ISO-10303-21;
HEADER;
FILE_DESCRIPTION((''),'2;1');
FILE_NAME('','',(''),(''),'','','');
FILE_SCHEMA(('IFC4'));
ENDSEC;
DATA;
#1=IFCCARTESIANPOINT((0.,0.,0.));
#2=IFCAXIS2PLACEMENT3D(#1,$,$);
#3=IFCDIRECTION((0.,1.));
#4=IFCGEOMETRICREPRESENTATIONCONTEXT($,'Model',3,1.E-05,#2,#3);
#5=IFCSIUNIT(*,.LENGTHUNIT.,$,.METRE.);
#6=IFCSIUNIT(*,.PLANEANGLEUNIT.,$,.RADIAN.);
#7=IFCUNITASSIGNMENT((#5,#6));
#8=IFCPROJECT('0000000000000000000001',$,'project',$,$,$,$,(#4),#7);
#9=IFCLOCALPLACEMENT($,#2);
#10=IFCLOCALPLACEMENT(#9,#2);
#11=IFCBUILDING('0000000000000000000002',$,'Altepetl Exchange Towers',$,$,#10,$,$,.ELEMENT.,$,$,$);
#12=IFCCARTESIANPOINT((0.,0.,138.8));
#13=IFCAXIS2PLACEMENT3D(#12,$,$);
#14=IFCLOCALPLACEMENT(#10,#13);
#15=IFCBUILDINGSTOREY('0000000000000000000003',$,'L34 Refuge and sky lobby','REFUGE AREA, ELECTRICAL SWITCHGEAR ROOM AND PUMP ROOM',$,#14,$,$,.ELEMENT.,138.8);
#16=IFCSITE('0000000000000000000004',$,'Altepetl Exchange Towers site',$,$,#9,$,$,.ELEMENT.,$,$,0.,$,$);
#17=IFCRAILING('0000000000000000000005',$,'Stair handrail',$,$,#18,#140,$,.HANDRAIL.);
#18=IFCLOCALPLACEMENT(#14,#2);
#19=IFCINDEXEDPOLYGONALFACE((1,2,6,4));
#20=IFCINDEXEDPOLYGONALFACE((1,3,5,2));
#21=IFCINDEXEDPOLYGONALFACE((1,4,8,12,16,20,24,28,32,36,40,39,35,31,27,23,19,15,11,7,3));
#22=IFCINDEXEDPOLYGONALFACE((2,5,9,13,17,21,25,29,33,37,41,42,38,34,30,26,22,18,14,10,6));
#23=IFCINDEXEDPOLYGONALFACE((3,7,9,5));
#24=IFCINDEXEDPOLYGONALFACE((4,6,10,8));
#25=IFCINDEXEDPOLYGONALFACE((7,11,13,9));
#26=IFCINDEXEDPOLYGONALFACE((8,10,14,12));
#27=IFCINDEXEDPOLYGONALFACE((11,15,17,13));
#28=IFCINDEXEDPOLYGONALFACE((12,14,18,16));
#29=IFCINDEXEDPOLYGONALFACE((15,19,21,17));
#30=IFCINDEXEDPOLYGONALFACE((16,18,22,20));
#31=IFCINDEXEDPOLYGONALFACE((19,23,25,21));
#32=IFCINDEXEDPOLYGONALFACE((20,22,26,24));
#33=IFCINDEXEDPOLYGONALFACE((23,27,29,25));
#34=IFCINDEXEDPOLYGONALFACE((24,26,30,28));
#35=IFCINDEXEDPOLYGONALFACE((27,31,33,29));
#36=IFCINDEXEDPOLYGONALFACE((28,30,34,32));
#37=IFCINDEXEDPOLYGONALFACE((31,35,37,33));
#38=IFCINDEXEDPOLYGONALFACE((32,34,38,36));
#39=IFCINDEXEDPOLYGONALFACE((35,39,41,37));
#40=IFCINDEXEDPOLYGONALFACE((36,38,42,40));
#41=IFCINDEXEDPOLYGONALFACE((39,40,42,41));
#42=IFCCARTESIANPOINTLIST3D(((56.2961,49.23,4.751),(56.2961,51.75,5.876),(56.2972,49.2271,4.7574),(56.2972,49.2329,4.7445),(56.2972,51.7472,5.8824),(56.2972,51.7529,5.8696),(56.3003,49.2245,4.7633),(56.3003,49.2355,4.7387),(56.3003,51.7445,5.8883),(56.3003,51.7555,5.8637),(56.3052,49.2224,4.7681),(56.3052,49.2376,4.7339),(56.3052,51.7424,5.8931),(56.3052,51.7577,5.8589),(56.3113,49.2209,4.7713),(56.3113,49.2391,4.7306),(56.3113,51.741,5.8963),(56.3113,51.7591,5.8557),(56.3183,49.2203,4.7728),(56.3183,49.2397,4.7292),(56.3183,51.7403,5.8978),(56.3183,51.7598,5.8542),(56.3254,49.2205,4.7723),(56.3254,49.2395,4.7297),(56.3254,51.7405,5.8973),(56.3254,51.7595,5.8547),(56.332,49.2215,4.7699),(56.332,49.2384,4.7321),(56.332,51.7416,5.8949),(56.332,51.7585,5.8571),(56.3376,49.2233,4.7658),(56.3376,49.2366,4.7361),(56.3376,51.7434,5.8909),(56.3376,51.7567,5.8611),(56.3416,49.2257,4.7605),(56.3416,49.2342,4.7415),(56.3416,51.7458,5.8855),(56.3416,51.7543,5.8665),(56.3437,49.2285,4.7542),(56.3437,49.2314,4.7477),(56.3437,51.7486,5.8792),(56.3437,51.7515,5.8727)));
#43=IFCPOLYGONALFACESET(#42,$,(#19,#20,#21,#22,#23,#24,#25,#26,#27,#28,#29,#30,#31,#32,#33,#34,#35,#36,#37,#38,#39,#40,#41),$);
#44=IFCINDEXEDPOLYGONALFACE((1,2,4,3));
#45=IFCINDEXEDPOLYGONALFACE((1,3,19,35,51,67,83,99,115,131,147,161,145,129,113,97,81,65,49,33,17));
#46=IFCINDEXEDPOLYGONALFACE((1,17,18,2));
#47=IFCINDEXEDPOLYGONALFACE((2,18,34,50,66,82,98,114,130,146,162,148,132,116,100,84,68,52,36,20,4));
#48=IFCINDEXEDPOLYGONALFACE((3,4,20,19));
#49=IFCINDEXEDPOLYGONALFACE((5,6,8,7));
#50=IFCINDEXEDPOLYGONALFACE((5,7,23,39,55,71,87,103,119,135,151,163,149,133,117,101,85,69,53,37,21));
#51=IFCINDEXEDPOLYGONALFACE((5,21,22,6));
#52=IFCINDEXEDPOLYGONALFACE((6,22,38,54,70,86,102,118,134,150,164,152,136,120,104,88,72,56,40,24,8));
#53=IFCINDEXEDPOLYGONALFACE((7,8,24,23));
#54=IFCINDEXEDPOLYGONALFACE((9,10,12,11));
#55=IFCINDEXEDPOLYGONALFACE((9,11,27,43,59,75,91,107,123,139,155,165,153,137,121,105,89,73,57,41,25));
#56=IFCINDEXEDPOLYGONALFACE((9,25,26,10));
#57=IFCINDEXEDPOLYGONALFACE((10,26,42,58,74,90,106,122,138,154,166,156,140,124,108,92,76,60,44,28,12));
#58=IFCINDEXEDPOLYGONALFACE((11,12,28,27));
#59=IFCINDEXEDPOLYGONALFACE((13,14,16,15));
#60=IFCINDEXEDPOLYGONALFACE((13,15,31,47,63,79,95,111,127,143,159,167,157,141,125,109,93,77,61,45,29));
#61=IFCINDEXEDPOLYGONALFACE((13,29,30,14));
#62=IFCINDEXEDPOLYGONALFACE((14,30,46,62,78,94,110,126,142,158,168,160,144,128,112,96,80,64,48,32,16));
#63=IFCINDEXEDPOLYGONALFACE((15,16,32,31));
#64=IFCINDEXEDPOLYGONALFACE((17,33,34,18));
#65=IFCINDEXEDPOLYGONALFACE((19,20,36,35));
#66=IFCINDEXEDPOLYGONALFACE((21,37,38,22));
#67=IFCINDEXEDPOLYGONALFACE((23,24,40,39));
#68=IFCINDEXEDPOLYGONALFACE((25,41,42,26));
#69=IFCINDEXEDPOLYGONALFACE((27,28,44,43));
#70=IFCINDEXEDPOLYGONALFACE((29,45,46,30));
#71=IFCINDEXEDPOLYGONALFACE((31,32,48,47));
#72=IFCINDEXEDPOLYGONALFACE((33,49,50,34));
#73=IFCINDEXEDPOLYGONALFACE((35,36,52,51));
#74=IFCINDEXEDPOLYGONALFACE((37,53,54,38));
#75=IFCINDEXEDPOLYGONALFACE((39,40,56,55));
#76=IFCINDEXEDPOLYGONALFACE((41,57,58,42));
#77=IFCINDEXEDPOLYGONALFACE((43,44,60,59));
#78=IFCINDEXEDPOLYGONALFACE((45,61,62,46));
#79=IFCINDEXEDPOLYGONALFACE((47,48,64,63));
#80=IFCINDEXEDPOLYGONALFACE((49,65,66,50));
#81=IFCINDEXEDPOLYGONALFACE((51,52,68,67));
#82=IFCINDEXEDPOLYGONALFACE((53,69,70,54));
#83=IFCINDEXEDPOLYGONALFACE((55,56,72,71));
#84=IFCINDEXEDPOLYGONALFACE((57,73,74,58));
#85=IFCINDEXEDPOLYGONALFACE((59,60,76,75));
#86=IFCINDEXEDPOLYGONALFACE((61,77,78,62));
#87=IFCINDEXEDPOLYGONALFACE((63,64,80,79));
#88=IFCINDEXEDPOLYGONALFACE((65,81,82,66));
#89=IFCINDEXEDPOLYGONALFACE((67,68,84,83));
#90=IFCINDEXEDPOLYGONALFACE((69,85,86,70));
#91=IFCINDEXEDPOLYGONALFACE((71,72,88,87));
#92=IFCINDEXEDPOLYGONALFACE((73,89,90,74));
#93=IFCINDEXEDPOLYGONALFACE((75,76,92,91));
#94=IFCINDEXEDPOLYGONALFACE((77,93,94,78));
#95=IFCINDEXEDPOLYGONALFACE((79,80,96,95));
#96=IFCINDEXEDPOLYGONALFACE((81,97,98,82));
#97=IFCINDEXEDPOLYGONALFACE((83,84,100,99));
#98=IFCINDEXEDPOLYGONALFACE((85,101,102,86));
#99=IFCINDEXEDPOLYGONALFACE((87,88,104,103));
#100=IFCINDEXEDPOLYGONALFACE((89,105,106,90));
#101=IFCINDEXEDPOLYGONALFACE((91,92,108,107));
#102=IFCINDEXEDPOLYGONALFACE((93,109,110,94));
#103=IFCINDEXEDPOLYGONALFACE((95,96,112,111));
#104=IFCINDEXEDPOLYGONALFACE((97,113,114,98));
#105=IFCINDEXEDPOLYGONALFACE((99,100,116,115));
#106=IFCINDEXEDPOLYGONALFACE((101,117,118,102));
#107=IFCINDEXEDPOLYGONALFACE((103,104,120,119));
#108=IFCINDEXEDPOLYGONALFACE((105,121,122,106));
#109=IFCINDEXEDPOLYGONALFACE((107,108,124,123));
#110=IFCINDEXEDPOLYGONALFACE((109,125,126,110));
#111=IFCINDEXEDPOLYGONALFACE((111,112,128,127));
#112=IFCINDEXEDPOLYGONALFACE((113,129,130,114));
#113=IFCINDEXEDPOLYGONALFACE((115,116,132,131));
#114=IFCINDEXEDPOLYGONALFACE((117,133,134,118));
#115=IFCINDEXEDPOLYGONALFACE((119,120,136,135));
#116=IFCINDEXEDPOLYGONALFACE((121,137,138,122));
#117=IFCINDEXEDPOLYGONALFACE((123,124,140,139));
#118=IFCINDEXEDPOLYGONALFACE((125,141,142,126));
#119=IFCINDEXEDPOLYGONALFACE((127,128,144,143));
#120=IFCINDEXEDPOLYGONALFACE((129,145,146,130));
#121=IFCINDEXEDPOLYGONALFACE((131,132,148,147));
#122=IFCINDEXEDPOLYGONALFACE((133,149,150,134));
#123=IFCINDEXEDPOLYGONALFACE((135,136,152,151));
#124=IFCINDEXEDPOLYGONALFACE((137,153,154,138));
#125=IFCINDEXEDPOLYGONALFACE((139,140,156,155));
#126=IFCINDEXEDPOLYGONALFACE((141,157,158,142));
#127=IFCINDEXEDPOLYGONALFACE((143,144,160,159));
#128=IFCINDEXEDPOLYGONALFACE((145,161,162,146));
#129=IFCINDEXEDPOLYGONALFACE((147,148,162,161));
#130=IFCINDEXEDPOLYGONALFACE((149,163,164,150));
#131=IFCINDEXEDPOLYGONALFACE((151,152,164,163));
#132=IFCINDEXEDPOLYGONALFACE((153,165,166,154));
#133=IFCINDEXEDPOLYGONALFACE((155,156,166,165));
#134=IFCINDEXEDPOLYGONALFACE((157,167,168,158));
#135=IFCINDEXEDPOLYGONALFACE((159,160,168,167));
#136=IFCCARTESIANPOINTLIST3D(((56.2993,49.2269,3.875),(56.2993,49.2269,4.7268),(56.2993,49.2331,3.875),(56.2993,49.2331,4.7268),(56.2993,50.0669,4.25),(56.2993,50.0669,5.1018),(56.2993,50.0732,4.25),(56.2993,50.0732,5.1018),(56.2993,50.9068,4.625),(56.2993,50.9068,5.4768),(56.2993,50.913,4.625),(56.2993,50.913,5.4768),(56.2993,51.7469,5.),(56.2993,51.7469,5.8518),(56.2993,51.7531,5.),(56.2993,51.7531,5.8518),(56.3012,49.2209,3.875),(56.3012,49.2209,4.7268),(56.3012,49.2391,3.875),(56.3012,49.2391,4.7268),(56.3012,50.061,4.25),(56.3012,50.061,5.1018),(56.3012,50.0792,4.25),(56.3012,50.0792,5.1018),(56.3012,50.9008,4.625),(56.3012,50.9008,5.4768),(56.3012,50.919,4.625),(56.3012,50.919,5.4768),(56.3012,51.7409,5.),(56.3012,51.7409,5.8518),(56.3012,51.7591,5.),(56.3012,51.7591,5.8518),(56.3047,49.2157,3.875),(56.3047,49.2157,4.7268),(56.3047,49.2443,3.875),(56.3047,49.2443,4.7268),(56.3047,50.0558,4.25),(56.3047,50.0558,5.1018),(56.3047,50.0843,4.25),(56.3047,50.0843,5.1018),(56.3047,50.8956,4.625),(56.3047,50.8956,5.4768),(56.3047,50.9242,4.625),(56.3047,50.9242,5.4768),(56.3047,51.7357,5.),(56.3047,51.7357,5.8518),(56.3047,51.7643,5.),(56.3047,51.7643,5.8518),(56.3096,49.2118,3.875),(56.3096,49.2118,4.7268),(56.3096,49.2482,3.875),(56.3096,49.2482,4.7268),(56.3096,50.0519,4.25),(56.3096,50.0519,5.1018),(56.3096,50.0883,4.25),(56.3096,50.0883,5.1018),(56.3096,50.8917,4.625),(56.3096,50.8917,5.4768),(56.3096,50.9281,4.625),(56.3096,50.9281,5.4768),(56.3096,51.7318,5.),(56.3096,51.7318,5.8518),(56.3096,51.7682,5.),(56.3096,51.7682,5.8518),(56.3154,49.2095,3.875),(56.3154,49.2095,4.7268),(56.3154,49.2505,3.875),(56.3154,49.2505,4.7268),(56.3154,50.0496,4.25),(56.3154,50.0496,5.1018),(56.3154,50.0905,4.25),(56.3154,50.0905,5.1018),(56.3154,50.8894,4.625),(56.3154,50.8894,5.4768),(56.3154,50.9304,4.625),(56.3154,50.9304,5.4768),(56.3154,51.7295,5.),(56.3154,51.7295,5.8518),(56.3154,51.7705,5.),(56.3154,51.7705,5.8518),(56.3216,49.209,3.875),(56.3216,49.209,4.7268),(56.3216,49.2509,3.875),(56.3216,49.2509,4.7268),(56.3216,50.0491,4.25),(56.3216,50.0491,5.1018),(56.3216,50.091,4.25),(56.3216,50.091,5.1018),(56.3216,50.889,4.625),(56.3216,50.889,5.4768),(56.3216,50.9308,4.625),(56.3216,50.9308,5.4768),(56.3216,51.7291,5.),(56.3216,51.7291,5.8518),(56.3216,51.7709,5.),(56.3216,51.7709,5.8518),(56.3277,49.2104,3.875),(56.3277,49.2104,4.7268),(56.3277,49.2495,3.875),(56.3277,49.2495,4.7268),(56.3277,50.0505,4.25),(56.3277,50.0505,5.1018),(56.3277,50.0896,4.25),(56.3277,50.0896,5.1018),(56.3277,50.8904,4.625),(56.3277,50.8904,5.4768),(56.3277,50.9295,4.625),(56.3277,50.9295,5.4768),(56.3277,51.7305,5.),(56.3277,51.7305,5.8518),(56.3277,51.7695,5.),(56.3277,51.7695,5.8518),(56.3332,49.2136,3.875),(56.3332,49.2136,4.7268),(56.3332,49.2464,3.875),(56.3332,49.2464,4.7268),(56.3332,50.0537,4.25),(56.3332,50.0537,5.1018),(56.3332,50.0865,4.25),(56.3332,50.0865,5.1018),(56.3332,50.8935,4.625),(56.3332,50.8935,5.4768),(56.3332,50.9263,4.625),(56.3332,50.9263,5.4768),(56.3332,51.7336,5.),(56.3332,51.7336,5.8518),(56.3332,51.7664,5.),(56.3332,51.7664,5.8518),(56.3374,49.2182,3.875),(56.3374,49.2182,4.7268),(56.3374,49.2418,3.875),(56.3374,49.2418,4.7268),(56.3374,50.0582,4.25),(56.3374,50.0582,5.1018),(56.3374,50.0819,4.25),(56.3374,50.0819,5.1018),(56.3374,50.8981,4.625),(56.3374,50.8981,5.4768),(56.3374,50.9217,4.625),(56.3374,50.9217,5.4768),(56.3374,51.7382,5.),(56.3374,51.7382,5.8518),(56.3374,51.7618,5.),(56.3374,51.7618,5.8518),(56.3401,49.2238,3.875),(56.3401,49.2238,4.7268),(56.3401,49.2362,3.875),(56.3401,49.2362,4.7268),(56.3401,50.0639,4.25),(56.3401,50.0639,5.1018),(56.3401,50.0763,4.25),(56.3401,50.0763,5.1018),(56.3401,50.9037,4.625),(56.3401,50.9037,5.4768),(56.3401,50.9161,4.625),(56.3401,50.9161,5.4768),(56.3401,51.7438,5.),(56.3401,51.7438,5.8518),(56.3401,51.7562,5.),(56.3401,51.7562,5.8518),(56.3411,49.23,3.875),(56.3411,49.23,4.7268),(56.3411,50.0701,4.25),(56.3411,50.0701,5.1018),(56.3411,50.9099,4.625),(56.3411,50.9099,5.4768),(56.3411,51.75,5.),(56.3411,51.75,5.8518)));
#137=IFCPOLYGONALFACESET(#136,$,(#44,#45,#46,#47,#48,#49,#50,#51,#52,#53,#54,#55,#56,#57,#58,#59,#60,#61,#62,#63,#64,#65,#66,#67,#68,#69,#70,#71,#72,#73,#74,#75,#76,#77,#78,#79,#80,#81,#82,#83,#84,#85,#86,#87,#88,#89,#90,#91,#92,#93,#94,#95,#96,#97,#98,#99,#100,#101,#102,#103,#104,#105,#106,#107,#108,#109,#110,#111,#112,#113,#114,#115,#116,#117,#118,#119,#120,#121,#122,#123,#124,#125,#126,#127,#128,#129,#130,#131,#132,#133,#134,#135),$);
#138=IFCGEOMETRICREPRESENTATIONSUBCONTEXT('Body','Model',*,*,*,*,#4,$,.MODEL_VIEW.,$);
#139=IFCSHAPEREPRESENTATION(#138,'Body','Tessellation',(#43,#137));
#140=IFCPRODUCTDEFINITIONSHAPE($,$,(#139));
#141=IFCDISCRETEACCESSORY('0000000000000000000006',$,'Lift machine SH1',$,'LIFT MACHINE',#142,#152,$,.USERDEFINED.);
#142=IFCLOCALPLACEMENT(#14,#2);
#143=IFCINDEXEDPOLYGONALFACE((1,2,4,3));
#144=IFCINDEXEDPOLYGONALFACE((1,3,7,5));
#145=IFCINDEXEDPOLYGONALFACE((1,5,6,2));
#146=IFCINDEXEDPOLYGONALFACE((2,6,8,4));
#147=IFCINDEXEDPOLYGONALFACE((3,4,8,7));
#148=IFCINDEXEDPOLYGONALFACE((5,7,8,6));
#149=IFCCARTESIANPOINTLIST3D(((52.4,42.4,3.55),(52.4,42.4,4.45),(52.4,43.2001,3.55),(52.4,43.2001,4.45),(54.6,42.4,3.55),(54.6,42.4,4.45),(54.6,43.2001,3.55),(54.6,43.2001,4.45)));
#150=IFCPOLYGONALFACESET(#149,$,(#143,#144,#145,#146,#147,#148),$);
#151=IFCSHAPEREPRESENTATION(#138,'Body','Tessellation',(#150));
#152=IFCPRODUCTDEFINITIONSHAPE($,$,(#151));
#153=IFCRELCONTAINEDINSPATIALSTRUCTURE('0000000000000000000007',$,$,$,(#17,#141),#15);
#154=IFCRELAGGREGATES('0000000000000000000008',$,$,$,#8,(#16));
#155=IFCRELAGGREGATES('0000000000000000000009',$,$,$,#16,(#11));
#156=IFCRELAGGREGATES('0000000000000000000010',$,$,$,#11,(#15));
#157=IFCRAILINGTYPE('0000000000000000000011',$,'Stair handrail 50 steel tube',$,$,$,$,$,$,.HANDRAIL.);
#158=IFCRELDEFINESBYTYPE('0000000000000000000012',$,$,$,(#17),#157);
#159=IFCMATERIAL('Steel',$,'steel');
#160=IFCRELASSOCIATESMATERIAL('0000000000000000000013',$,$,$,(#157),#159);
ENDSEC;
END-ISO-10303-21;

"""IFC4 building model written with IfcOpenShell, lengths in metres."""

from ifc_helpers import new_model, si_unit, direction, frame, origin, origin_2d, place, context, subcontext, project, spatial, rectangle, circle, extrude, source, transform, mapped, material, type_object, element, save


model = new_model("IFC4")

# Units and contexts
model_context = context("Model", 3, precision=1e-05, world=origin(), true_north=direction((0.0, 1.0)))
body_context = subcontext(model_context, "Body", "Model", "MODEL_VIEW")
ifc_project = project(units=[si_unit("LENGTHUNIT", "METRE"), si_unit("PLANEANGLEUNIT", "RADIAN")], contexts=[model_context])

# Site, building, storey
site_placement = place(None, origin())
site = spatial("IfcSite", under=ifc_project, at=site_placement, Name="Altepetl Exchange Towers site", CompositionType="ELEMENT", RefElevation=0.0)
building_placement = place(site_placement, origin())
building = spatial("IfcBuilding", under=site, at=building_placement, Name="Altepetl Exchange Towers", CompositionType="ELEMENT")
storey_placement = place(building_placement, frame((0.0, 0.0, 138.8)))
storey = spatial("IfcBuildingStorey", under=building, at=storey_placement, Name="L34 Refuge and sky lobby", Description="REFUGE AREA, ELECTRICAL SWITCHGEAR ROOM AND PUMP ROOM", CompositionType="ELEMENT", Elevation=138.8)

# Railing
ifc_material_1 = material(Name="Steel", Category="steel")
railing_type = type_object("IfcRailingType", Name="Stair handrail 50 steel tube", PredefinedType="HANDRAIL", material=ifc_material_1)
shared_shape = source(origin(), body_context, "Body", "SweptSolid", [
    extrude(circle(Radius=0.021, at=origin_2d()), origin(), (0.0, 0.0, 1.0), 0.8518),
])
for number, where, name in (
    (1, (56.3201, 49.23, 3.875), "Stair handrail"),
):
    element("IfcRailing", number, at=place(storey_placement, frame(where)), inside=storey, type_object=railing_type, Name=name, PredefinedType="HANDRAIL", context=body_context, shape_type="SweptSolid", body=[
        extrude(circle(Radius=0.0239, at=origin_2d()), frame((0.0, 0.0, 0.876), z_axis=(0.0, 0.913139, 0.407648), x_axis=(-1.0, 0.0, 0.0)), (0.0, 0.0, 1.0), 2.7598),
        mapped(shared_shape, transform((0.0, 0.0, 0.0))),
        mapped(shared_shape, transform((0.0, 0.8401, 0.375))),
        mapped(shared_shape, transform((0.0, 1.6799, 0.75))),
        mapped(shared_shape, transform((0.0, 2.52, 1.125))),
    ])

# Discrete accessory
discrete_accessory_placement = place(storey_placement, frame((53.5, 42.8, 3.55)))
element("IfcDiscreteAccessory", 2, at=discrete_accessory_placement, inside=storey, Name="Lift machine SH1", ObjectType="LIFT MACHINE", PredefinedType="USERDEFINED", context=body_context, shape_type="SweptSolid", body=[
    extrude(rectangle(XDim=2.2, YDim=0.8, at=origin_2d()), origin(), (0.0, 0.0, 1.0), 0.8999),
])

save(model, "model.ifc")
